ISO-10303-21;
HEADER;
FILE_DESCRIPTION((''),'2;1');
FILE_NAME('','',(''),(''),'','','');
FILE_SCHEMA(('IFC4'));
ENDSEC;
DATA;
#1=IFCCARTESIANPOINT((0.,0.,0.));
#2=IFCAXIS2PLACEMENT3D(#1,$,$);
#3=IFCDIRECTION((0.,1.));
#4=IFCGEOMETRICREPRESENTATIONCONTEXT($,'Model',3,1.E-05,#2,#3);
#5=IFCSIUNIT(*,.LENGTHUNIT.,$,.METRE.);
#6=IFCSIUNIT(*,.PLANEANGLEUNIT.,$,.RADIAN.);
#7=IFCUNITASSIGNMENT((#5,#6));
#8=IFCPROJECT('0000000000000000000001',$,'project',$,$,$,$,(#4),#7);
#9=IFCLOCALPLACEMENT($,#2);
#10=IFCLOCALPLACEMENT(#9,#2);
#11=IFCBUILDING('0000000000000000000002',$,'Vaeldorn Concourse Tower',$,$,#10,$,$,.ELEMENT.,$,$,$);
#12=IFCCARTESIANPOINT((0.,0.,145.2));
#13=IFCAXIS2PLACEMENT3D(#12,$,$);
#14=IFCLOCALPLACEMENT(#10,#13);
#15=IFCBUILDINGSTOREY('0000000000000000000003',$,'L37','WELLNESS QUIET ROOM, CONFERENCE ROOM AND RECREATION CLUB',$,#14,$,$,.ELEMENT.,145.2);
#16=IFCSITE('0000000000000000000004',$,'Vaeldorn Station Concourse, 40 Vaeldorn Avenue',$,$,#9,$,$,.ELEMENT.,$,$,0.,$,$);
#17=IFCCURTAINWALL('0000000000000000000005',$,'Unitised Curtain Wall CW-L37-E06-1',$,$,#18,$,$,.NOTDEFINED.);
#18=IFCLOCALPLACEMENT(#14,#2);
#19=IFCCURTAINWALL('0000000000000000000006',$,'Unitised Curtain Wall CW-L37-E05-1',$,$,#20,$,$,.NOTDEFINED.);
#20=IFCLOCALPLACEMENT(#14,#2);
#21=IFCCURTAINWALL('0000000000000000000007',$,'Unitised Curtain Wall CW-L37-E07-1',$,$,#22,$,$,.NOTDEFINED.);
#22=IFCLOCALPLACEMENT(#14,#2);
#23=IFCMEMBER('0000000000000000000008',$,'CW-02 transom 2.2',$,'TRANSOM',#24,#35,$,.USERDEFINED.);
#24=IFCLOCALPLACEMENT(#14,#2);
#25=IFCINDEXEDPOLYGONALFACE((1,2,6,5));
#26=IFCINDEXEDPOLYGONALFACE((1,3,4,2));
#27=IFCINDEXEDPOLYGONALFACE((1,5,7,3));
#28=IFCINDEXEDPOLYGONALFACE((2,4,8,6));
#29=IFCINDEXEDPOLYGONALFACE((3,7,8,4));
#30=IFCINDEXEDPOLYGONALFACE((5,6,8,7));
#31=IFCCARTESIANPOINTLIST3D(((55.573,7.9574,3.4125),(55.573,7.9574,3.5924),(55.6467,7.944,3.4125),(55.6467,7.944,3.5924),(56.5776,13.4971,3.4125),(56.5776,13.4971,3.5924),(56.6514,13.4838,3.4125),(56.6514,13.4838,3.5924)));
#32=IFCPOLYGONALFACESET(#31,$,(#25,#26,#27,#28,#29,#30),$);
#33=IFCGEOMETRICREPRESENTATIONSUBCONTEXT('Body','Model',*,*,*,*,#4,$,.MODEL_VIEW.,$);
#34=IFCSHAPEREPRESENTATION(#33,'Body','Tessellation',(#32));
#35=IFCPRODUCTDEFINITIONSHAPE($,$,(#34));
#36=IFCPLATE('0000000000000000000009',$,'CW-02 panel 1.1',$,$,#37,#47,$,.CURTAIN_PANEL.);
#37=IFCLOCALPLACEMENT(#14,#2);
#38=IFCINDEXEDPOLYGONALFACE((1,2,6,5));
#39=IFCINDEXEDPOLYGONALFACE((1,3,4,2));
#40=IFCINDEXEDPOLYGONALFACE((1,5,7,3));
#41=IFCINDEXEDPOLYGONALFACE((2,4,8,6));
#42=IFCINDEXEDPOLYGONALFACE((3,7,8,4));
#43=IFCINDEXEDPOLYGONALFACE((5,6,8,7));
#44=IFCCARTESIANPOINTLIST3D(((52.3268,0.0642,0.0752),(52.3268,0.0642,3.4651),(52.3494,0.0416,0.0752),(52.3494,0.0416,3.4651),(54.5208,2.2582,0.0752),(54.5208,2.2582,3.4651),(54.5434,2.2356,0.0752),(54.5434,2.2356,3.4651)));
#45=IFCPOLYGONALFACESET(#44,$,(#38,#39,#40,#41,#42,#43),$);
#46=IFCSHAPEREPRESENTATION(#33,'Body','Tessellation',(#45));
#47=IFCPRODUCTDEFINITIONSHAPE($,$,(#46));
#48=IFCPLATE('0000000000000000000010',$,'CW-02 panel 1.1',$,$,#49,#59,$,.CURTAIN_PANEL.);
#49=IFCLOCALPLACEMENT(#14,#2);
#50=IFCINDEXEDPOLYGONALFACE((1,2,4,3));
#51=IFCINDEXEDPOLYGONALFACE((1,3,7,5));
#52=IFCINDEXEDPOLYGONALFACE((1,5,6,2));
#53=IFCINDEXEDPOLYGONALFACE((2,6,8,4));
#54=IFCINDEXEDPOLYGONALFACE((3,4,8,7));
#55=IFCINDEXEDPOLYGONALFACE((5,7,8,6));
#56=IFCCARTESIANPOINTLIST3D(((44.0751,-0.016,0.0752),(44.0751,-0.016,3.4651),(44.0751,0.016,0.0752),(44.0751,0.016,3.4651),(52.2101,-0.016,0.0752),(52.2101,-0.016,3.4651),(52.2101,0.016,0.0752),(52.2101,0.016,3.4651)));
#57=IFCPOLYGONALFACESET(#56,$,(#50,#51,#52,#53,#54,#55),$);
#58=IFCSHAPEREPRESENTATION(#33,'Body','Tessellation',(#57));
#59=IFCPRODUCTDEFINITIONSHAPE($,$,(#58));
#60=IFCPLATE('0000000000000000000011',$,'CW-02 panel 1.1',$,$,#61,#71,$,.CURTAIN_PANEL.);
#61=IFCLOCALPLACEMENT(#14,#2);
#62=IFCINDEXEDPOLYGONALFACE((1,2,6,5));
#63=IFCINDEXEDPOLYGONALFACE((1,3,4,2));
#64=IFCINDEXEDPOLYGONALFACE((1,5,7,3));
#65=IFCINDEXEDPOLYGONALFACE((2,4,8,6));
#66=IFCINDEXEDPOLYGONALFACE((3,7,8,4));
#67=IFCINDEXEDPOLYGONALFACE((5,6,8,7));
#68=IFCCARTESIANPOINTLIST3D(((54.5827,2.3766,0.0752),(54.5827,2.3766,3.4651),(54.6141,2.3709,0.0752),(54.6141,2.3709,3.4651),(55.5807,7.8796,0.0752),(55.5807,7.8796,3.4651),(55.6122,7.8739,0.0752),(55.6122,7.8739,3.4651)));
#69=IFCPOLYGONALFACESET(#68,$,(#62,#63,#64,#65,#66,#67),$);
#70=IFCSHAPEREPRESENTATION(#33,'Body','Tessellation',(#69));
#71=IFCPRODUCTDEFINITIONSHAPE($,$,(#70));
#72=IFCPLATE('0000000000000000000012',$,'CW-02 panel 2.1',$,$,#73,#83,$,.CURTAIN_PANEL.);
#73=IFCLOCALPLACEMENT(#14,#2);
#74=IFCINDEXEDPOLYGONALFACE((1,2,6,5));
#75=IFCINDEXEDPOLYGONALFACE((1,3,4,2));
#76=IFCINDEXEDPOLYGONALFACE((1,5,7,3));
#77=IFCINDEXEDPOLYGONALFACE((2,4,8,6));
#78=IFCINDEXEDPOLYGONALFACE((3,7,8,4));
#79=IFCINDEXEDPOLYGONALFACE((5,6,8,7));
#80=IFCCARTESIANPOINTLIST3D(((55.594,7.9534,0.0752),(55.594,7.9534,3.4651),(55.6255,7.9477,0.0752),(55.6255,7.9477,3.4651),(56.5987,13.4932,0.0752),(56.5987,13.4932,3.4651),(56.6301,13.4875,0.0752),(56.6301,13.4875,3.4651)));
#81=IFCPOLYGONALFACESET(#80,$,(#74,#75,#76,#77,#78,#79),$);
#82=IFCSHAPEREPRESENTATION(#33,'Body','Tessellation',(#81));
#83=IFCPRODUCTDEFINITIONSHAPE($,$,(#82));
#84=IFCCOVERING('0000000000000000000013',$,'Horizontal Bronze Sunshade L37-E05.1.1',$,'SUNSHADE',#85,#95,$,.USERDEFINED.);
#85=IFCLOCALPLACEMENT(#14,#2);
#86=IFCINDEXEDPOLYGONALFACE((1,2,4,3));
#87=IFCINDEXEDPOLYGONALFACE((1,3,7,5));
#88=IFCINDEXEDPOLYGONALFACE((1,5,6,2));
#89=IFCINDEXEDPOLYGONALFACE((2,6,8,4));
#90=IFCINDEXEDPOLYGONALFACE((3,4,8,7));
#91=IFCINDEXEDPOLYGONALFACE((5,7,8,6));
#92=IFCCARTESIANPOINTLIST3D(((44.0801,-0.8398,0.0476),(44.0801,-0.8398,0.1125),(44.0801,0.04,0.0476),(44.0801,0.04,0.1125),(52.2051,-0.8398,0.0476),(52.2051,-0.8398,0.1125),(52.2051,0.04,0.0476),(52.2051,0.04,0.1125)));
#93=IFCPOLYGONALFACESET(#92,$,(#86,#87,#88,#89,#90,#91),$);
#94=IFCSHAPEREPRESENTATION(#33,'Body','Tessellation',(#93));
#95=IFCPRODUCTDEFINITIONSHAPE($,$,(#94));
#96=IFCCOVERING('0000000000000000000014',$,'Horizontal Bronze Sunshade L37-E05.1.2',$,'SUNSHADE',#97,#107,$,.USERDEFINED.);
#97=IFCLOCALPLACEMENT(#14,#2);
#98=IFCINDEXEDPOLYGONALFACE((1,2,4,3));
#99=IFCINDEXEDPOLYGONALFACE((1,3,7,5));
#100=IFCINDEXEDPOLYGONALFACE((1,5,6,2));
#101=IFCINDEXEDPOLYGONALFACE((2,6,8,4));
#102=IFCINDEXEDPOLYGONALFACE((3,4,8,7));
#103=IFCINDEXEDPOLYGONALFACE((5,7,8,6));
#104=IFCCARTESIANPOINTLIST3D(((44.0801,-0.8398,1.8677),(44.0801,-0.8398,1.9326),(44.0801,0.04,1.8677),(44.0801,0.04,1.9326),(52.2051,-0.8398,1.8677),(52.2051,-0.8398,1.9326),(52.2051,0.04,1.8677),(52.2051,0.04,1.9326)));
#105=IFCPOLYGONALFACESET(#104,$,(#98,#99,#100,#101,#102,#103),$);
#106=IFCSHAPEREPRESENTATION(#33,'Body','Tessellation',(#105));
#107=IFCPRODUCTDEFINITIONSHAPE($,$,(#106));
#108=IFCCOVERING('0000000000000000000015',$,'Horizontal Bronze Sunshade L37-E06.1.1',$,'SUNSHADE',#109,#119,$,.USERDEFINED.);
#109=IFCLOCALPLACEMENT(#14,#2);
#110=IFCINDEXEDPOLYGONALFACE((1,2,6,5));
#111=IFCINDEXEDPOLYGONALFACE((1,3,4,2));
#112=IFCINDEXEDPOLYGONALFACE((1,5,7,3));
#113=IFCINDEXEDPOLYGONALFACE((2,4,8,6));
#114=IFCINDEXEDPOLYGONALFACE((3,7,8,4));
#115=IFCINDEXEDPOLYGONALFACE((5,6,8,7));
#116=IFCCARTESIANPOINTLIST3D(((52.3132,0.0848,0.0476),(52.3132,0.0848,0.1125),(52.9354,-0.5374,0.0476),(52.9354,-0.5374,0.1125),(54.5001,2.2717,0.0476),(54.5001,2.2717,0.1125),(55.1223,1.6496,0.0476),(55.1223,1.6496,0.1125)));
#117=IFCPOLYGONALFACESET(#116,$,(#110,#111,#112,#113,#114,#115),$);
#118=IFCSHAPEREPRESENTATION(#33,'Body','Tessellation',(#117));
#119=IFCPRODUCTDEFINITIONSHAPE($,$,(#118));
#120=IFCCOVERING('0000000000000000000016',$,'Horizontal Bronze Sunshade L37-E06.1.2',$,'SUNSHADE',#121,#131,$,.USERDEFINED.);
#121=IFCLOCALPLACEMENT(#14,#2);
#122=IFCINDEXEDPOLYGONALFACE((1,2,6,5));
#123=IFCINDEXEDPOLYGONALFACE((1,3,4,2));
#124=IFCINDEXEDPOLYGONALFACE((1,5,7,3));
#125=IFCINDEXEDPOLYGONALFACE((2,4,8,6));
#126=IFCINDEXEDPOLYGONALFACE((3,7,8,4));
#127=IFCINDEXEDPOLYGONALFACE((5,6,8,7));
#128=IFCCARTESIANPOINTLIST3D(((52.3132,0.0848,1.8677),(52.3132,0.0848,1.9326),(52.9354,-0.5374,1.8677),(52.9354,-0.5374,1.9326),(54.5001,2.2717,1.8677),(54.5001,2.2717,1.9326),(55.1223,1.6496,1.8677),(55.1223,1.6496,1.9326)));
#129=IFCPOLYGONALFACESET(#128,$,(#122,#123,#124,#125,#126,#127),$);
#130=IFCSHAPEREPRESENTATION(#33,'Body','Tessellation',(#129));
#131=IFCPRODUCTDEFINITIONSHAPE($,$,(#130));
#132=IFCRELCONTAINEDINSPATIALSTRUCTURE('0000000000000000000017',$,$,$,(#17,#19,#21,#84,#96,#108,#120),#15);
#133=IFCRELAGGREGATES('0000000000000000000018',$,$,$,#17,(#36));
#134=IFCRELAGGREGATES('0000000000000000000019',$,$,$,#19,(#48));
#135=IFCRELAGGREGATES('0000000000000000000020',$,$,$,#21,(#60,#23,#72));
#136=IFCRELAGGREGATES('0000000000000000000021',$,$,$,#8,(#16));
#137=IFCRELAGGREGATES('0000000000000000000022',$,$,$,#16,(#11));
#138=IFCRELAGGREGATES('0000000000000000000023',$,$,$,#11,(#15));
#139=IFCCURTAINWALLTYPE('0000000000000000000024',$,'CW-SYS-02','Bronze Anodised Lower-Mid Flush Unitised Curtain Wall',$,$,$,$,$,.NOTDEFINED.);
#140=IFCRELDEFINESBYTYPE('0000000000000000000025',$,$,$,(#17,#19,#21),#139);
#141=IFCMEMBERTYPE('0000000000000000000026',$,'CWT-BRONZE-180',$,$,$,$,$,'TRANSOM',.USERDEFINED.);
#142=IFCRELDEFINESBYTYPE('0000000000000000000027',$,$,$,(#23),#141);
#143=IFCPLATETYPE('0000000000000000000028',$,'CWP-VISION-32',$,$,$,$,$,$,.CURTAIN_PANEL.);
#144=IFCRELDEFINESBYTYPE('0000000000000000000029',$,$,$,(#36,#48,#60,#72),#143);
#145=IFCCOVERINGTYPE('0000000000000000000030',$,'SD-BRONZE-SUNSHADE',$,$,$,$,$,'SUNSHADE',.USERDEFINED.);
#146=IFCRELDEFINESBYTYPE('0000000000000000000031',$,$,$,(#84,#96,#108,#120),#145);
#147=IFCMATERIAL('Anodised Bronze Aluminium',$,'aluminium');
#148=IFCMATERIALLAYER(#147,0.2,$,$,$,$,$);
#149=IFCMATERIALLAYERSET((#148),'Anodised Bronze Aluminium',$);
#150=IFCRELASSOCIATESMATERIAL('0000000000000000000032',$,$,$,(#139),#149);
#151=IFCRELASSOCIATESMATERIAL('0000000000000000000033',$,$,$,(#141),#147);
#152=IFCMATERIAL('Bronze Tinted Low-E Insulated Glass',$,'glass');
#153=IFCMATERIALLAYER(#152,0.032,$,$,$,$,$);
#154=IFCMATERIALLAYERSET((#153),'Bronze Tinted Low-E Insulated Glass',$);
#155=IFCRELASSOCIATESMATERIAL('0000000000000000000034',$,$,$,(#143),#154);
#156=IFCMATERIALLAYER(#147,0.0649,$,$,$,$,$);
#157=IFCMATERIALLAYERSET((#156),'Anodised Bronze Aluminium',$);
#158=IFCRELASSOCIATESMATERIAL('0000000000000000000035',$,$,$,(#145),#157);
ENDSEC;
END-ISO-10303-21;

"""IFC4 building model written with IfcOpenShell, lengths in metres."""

from ifc_helpers import new_model, si_unit, direction, frame, origin, origin_2d, place, context, subcontext, project, spatial, rectangle, extrude, source, transform, mapped, material, layer, layer_set, material_profile, profile_set, type_object, element, aggregate, save


model = new_model("IFC4")

# Units and contexts
model_context = context("Model", 3, precision=1e-05, world=origin(), true_north=direction((0.0, 1.0)))
body_context = subcontext(model_context, "Body", "Model", "MODEL_VIEW")
ifc_project = project(units=[si_unit("LENGTHUNIT", "METRE"), si_unit("PLANEANGLEUNIT", "RADIAN")], contexts=[model_context])

# Site, building, storey
site_placement = place(None, origin())
site = spatial("IfcSite", under=ifc_project, at=site_placement, Name="Vaeldorn Station Concourse, 40 Vaeldorn Avenue", CompositionType="ELEMENT", RefElevation=0.0)
building_placement = place(site_placement, origin())
building = spatial("IfcBuilding", under=site, at=building_placement, Name="Vaeldorn Concourse Tower", CompositionType="ELEMENT")
storey_placement = place(building_placement, frame((0.0, 0.0, 145.2)))
storey = spatial("IfcBuildingStorey", under=building, at=storey_placement, Name="L37", Description="WELLNESS QUIET ROOM, CONFERENCE ROOM AND RECREATION CLUB", CompositionType="ELEMENT", Elevation=145.2)

# Curtain wall
ifc_material_1 = material(Name="Anodised Bronze Aluminium", Category="aluminium")
ifc_layer_1 = layer(ifc_material_1, 0.2)
ifc_layer_set_1 = layer_set([ifc_layer_1], Name="Anodised Bronze Aluminium")
curtain_wall_type = type_object("IfcCurtainWallType", Name="CW-SYS-02", Description="Bronze Anodised Lower-Mid Flush Unitised Curtain Wall", PredefinedType="NOTDEFINED", material=ifc_layer_set_1)
curtain_wall_1_placement = place(storey_placement, origin())
curtain_wall_1 = element("IfcCurtainWall", 1, at=curtain_wall_1_placement, inside=storey, type_object=curtain_wall_type, Name="Unitised Curtain Wall CW-L37-E06-1", PredefinedType="NOTDEFINED")
ifc_material_profile_1 = material_profile(ifc_material_1, rectangle(XDim=0.075, YDim=0.1799, at=origin_2d()), Name="CWT 75x180")
ifc_profile_set_1 = profile_set([ifc_material_profile_1], Name="Anodised Bronze Aluminium")
member_type_1 = type_object("IfcMemberType", Name="CWT-BRONZE-180", ElementType="TRANSOM", PredefinedType="USERDEFINED", material=ifc_profile_set_1)

# Curtain wall
curtain_wall_2_placement = place(storey_placement, origin())
curtain_wall_2 = element("IfcCurtainWall", 2, at=curtain_wall_2_placement, inside=storey, type_object=curtain_wall_type, Name="Unitised Curtain Wall CW-L37-E05-1", PredefinedType="NOTDEFINED")

# Curtain wall, member
curtain_wall_3_placement = place(storey_placement, origin())
curtain_wall_3 = element("IfcCurtainWall", 3, at=curtain_wall_3_placement, inside=storey, type_object=curtain_wall_type, Name="Unitised Curtain Wall CW-L37-E07-1", PredefinedType="NOTDEFINED")
shared_shape_1 = source(origin(), body_context, "Body", "SweptSolid", [
    extrude(rectangle(XDim=0.075, YDim=0.1799, at=origin_2d()), origin(), (0.0, 0.0, 1.0), 5.6301),
])
member_1_placement = place(storey_placement, frame((55.6099, 7.9507, 3.5024), z_axis=(0.178439, 0.983951, 0.0), x_axis=(-0.983951, 0.178439, 0.0)))
member_1 = element("IfcMember", 4, at=member_1_placement, type_object=member_type_1, Name="CW-02 transom 2.2", ObjectType="TRANSOM", PredefinedType="USERDEFINED", context=body_context, shape_type="MappedRepresentation", body=[
    mapped(shared_shape_1, transform((0.0, 0.0, 0.0), scale=1.0)),
])

# Plates
ifc_material_2 = material(Name="Bronze Tinted Low-E Insulated Glass", Category="glass")
ifc_layer_2 = layer(ifc_material_2, 0.032)
ifc_layer_set_2 = layer_set([ifc_layer_2], Name="Bronze Tinted Low-E Insulated Glass")
plate_type = type_object("IfcPlateType", Name="CWP-VISION-32", PredefinedType="CURTAIN_PANEL", material=ifc_layer_set_2)
shared_shape_2 = source(origin(), body_context, "Body", "SweptSolid", [
    extrude(rectangle(XDim=3.1028, YDim=0.032, at=origin_2d()), origin(), (0.0, 0.0, 1.0), 3.3899),
])
plate_1_placement = place(storey_placement, frame((53.4351, 1.1499, 0.0752), z_axis=(0.0, 0.0, 1.0), x_axis=(0.707107, 0.707107, 0.0)))
plate_1 = element("IfcPlate", 5, at=plate_1_placement, type_object=plate_type, Name="CW-02 panel 1.1", PredefinedType="CURTAIN_PANEL", context=body_context, shape_type="MappedRepresentation", body=[
    mapped(shared_shape_2, transform((0.0, 0.0, 0.0), scale=1.0)),
])
aggregate(curtain_wall_1, [plate_1])
shared_shape_3 = source(origin(), body_context, "Body", "SweptSolid", [
    extrude(rectangle(XDim=8.135, YDim=0.032, at=origin_2d()), origin(), (0.0, 0.0, 1.0), 3.3899),
])
plate_2_placement = place(storey_placement, frame((48.1426, 0.0, 0.0752), z_axis=(0.0, 0.0, 1.0), x_axis=(1.0, 0.0, 0.0)))
plate_2 = element("IfcPlate", 6, at=plate_2_placement, type_object=plate_type, Name="CW-02 panel 1.1", PredefinedType="CURTAIN_PANEL", context=body_context, shape_type="MappedRepresentation", body=[
    mapped(shared_shape_3, transform((0.0, 0.0, 0.0), scale=1.0)),
])
aggregate(curtain_wall_2, [plate_2])
shared_shape_4 = source(origin(), body_context, "Body", "SweptSolid", [
    extrude(rectangle(XDim=5.5928, YDim=0.032, at=origin_2d()), origin(), (0.0, 0.0, 1.0), 3.3899),
])
plate_3_placement = place(storey_placement, frame((55.0974, 5.1252, 0.0752), z_axis=(0.0, 0.0, 1.0), x_axis=(0.178447, 0.98395, 0.0)))
plate_3 = element("IfcPlate", 7, at=plate_3_placement, type_object=plate_type, Name="CW-02 panel 1.1", PredefinedType="CURTAIN_PANEL", context=body_context, shape_type="MappedRepresentation", body=[
    mapped(shared_shape_4, transform((0.0, 0.0, 0.0), scale=1.0)),
])
shared_shape_5 = source(origin(), body_context, "Body", "SweptSolid", [
    extrude(rectangle(XDim=5.6301, YDim=0.032, at=origin_2d()), origin(), (0.0, 0.0, 1.0), 3.3899),
])
plate_4_placement = place(storey_placement, frame((56.1121, 10.7205, 0.0752), z_axis=(0.0, 0.0, 1.0), x_axis=(0.178447, 0.98395, 0.0)))
plate_4 = element("IfcPlate", 8, at=plate_4_placement, type_object=plate_type, Name="CW-02 panel 2.1", PredefinedType="CURTAIN_PANEL", context=body_context, shape_type="MappedRepresentation", body=[
    mapped(shared_shape_5, transform((0.0, 0.0, 0.0), scale=1.0)),
])
aggregate(curtain_wall_3, [plate_3, member_1, plate_4])

# Coverings
ifc_layer_3 = layer(ifc_material_1, 0.0649)
ifc_layer_set_3 = layer_set([ifc_layer_3], Name="Anodised Bronze Aluminium")
covering_type = type_object("IfcCoveringType", Name="SD-BRONZE-SUNSHADE", ElementType="SUNSHADE", PredefinedType="USERDEFINED", material=ifc_layer_set_3)
shared_shape_6 = source(origin(), body_context, "Body", "SweptSolid", [
    extrude(rectangle(XDim=8.125, YDim=0.8799, at=origin_2d()), origin(), (0.0, 0.0, 1.0), 0.0649),
])
for number, where, z_axis, x_axis, name in (
    (9, (48.1426, -0.3999, 0.0476), (0.0, 0.0, 1.0), (1.0, 0.0, 0.0), "Horizontal Bronze Sunshade L37-E05.1.1"),
    (10, (48.1426, -0.3999, 1.8677), (0.0, 0.0, 1.0), (1.0, 0.0, 0.0), "Horizontal Bronze Sunshade L37-E05.1.2"),
):
    element("IfcCovering", number, at=place(storey_placement, frame(where, z_axis=z_axis, x_axis=x_axis)), inside=storey, type_object=covering_type, Name=name, ObjectType="SUNSHADE", PredefinedType="USERDEFINED", context=body_context, shape_type="MappedRepresentation", body=[
        mapped(shared_shape_6, transform((0.0, 0.0, 0.0), scale=1.0)),
    ])
shared_shape_7 = source(origin(), body_context, "Body", "SweptSolid", [
    extrude(rectangle(XDim=3.0928, YDim=0.8799, at=origin_2d()), origin(), (0.0, 0.0, 1.0), 0.0649),
])
for number, where, z_axis, x_axis, name in (
    (11, (53.7178, 0.8672, 0.0476), (0.0, 0.0, 1.0), (0.707107, 0.707107, 0.0), "Horizontal Bronze Sunshade L37-E06.1.1"),
    (12, (53.7178, 0.8672, 1.8677), (0.0, 0.0, 1.0), (0.707107, 0.707107, 0.0), "Horizontal Bronze Sunshade L37-E06.1.2"),
):
    element("IfcCovering", number, at=place(storey_placement, frame(where, z_axis=z_axis, x_axis=x_axis)), inside=storey, type_object=covering_type, Name=name, ObjectType="SUNSHADE", PredefinedType="USERDEFINED", context=body_context, shape_type="MappedRepresentation", body=[
        mapped(shared_shape_7, transform((0.0, 0.0, 0.0), scale=1.0)),
    ])

save(model, "model.ifc")
